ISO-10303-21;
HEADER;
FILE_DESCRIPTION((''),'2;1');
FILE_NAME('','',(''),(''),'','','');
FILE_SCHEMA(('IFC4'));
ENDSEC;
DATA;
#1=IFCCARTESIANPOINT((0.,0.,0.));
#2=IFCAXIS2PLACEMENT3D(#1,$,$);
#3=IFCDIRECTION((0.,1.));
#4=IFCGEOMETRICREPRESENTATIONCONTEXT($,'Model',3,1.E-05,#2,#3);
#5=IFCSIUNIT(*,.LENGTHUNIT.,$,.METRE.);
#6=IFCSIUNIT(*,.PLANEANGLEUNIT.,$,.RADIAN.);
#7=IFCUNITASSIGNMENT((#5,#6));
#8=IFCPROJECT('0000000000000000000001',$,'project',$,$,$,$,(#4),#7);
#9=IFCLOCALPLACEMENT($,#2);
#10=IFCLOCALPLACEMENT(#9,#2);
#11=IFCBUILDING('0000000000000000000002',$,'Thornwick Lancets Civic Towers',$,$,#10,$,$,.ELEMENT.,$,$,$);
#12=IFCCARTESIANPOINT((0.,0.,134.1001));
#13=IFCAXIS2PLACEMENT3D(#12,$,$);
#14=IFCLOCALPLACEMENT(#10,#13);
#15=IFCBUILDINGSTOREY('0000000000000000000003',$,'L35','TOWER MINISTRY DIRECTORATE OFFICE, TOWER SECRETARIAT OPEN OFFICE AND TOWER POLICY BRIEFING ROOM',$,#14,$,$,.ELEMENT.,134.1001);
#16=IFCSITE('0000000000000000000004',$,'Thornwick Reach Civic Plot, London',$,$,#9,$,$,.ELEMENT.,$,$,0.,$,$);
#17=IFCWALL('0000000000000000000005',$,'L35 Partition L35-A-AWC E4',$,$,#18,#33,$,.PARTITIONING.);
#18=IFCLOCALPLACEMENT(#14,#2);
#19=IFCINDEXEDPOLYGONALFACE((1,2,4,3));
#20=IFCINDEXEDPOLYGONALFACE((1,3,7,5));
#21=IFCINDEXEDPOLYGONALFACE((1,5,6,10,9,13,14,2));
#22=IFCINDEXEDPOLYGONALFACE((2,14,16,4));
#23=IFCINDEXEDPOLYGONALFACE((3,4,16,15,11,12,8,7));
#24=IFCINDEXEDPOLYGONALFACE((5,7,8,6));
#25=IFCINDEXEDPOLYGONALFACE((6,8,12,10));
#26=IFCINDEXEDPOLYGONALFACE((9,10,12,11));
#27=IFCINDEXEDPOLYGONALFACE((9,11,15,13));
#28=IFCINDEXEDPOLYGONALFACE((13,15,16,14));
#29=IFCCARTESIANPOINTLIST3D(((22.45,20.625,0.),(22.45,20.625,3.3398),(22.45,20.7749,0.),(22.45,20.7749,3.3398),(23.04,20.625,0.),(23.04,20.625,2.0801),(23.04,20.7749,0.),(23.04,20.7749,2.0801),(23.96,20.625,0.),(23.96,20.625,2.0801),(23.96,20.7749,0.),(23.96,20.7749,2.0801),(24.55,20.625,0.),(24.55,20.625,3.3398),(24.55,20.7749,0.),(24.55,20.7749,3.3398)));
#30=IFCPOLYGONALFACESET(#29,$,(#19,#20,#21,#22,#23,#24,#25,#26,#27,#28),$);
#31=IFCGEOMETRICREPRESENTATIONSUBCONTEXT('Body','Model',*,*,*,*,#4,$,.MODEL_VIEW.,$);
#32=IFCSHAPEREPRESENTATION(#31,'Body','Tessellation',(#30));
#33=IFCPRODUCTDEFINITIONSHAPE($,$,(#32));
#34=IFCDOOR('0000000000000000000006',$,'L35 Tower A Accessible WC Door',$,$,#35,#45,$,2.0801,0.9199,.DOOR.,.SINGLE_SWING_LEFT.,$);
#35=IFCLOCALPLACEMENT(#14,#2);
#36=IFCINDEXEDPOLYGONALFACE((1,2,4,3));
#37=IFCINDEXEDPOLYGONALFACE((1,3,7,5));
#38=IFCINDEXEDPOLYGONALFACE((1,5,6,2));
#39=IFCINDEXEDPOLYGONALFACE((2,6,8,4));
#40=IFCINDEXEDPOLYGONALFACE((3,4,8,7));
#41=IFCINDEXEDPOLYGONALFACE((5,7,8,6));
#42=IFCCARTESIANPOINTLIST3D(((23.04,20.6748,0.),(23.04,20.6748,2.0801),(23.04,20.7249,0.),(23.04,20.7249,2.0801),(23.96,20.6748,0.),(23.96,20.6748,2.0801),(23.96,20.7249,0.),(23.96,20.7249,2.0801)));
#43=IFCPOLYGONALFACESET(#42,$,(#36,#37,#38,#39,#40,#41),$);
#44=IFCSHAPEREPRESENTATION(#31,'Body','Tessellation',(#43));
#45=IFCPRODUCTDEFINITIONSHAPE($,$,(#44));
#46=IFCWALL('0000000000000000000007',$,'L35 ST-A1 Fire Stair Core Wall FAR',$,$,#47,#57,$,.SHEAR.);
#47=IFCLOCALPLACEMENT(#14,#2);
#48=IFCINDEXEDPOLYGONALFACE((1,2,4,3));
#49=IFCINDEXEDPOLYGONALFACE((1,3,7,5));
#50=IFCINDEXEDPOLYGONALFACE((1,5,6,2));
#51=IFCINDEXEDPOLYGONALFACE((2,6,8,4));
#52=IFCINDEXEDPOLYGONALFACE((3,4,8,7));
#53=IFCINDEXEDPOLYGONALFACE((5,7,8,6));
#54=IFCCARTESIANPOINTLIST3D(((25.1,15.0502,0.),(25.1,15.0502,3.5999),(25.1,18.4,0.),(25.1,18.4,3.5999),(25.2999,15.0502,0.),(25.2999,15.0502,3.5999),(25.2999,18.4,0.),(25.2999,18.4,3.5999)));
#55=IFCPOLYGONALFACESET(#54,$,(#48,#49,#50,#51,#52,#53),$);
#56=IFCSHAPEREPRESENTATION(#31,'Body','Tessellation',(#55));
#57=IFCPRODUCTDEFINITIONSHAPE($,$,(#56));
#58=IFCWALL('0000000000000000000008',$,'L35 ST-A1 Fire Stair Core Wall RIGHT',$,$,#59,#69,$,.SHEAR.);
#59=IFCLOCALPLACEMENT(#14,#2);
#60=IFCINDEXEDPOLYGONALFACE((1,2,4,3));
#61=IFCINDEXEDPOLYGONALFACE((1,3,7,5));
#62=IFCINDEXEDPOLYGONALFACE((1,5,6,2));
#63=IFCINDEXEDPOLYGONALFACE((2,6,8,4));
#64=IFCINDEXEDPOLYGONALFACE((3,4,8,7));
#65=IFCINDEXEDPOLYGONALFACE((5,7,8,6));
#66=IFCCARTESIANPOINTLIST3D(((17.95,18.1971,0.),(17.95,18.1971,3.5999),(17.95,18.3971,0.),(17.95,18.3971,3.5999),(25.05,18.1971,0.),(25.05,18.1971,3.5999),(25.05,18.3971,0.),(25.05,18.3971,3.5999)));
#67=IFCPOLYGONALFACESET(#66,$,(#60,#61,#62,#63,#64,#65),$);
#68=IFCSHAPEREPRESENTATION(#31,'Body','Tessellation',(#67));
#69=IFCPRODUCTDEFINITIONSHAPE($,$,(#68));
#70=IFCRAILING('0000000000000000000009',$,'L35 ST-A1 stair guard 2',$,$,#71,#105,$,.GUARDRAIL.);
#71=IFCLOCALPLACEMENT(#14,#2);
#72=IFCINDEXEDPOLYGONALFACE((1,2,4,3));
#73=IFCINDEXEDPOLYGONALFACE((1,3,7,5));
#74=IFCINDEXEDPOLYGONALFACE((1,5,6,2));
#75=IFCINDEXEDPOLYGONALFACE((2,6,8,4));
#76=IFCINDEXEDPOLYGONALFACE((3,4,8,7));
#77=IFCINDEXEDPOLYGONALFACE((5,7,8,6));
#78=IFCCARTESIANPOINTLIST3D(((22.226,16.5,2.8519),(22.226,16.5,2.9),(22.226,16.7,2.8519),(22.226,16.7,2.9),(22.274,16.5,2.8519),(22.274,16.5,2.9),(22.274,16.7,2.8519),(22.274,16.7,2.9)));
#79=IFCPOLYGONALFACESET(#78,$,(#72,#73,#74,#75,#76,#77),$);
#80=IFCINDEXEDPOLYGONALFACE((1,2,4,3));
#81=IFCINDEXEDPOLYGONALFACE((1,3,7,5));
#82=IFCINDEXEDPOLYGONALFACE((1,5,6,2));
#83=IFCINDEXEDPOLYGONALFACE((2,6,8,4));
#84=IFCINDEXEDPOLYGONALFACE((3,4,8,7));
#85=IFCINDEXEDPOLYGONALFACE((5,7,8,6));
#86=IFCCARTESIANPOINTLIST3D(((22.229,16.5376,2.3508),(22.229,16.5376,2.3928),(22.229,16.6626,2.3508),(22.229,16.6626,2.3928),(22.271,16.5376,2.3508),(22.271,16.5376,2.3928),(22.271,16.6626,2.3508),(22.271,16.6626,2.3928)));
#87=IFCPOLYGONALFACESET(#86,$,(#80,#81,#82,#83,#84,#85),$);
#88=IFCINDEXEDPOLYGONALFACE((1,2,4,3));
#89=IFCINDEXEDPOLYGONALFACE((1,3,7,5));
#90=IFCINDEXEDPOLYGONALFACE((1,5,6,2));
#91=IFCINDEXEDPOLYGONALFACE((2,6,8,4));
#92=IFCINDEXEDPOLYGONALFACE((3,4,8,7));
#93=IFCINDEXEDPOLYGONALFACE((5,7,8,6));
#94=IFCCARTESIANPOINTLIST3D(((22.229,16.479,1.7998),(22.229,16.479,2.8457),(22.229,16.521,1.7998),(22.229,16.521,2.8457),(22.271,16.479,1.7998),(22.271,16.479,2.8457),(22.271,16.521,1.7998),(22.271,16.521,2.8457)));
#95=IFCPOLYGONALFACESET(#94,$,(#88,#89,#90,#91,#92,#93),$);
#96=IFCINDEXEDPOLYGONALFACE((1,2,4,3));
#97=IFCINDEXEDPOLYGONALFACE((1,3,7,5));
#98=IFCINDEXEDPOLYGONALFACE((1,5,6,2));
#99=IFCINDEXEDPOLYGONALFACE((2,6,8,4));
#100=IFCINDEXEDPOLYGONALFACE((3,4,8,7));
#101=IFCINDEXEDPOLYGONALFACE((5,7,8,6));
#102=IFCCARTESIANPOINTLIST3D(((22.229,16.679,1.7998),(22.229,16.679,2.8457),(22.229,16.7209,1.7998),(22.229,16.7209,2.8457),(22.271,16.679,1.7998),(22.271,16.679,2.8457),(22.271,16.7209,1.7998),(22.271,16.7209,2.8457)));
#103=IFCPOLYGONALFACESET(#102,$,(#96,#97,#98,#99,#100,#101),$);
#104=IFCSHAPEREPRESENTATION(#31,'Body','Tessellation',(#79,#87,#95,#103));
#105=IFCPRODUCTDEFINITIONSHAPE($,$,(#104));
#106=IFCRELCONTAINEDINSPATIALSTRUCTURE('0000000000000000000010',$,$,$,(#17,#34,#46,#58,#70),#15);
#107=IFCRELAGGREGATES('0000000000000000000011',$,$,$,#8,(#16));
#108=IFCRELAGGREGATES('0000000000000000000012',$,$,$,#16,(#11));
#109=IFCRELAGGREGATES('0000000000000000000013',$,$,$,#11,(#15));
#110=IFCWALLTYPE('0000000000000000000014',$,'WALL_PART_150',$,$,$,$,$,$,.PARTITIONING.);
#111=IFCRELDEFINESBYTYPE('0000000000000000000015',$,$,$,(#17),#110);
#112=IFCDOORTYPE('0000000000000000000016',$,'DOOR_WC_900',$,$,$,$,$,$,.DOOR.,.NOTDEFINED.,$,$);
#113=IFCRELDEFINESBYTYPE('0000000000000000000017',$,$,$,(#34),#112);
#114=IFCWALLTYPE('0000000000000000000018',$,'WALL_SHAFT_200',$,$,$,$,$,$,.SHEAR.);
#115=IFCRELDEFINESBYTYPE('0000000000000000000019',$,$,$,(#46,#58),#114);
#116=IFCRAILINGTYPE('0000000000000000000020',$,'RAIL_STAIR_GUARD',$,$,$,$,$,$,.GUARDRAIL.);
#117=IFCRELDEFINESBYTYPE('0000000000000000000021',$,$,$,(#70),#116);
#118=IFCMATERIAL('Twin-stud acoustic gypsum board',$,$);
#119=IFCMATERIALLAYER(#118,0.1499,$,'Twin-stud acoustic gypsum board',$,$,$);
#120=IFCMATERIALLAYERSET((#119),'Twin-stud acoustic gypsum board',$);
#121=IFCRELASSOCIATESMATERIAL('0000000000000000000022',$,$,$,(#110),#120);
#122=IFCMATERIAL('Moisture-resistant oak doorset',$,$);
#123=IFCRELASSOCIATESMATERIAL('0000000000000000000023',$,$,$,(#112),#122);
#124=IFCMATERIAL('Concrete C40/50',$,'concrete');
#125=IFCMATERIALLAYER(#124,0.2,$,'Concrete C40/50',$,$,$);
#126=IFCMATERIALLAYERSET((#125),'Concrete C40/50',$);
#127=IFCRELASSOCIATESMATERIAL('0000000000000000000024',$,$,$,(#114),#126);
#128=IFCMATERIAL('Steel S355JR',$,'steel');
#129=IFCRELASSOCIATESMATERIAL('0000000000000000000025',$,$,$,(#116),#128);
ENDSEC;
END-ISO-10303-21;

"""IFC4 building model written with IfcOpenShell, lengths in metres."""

from ifc_helpers import new_model, si_unit, direction, frame, frame_2d, origin, origin_2d, place, context, subcontext, project, spatial, rectangle, extrude, material, layer, layer_set, type_object, element, fill, save


model = new_model("IFC4")

# Units and contexts
model_context = context("Model", 3, precision=1e-05, world=origin(), true_north=direction((0.0, 1.0)))
body_context = subcontext(model_context, "Body", "Model", "MODEL_VIEW")
ifc_project = project(units=[si_unit("LENGTHUNIT", "METRE"), si_unit("PLANEANGLEUNIT", "RADIAN")], contexts=[model_context])

# Site, building, storey
site_placement = place(None, origin())
site = spatial("IfcSite", under=ifc_project, at=site_placement, Name="Thornwick Reach Civic Plot, London", CompositionType="ELEMENT", RefElevation=0.0)
building_placement = place(site_placement, origin())
building = spatial("IfcBuilding", under=site, at=building_placement, Name="Thornwick Lancets Civic Towers", CompositionType="ELEMENT")
storey_placement = place(building_placement, frame((0.0, 0.0, 134.1001)))
storey = spatial("IfcBuildingStorey", under=building, at=storey_placement, Name="L35", Description="TOWER MINISTRY DIRECTORATE OFFICE, TOWER SECRETARIAT OPEN OFFICE AND TOWER POLICY BRIEFING ROOM", CompositionType="ELEMENT", Elevation=134.1001)

# Shared definitions
ifc_material_1 = material(Name="Twin-stud acoustic gypsum board")
ifc_layer_1 = layer(ifc_material_1, 0.1499, Name="Twin-stud acoustic gypsum board")
ifc_layer_set_1 = layer_set([ifc_layer_1], Name="Twin-stud acoustic gypsum board")
wall_type_1 = type_object("IfcWallType", Name="WALL_PART_150", PredefinedType="PARTITIONING", material=ifc_layer_set_1)

# Wall, opening, door
wall_1_placement = place(storey_placement, frame((22.45, 20.7, 0.0), z_axis=(0.0, 0.0, 1.0), x_axis=(1.0, 0.0, 0.0)))
wall_1 = element("IfcWall", 1, at=wall_1_placement, inside=storey, type_object=wall_type_1, Name="L35 Partition L35-A-AWC E4", PredefinedType="PARTITIONING", context=body_context, shape_type="SweptSolid", body=[
    extrude(rectangle(XDim=2.1001, YDim=0.1499, at=frame_2d((1.05, 0.0))), origin(), (0.0, 0.0, 1.0), 3.3398),
])
opening_1_placement = place(wall_1_placement, frame((0.5901, 0.0, 0.0)))
opening_1 = element("IfcOpeningElement", 2, at=opening_1_placement, cuts=wall_1, PredefinedType="OPENING", context=body_context, shape_type="SweptSolid", body=[
    extrude(rectangle(XDim=0.9199, YDim=2.0801, at=frame_2d((0.46, 1.04))), frame((0.0, 0.085, 0.0), z_axis=(0.0, -1.0, 0.0), x_axis=(1.0, 0.0, 0.0)), (0.0, 0.0, 1.0), 0.1699),
])
ifc_material_2 = material(Name="Moisture-resistant oak doorset")
door_type_1 = type_object("IfcDoorType", Name="DOOR_WC_900", OperationType="NOTDEFINED", PredefinedType="DOOR", material=ifc_material_2)
door_1_placement = place(opening_1_placement, origin())
door_1 = element("IfcDoor", 3, at=door_1_placement, inside=storey, type_object=door_type_1, Name="L35 Tower A Accessible WC Door", OperationType="SINGLE_SWING_LEFT", OverallHeight=2.0801, OverallWidth=0.9199, PredefinedType="DOOR", context=body_context, shape_type="SweptSolid", body=[
    extrude(rectangle(XDim=0.9199, YDim=2.0801, at=frame_2d((0.46, 1.04))), frame((0.0, 0.0249, 0.0), z_axis=(0.0, -1.0, 0.0), x_axis=(1.0, 0.0, 0.0)), (0.0, 0.0, 1.0), 0.05),
])
fill(opening_1, door_1)

# Walls
ifc_material_3 = material(Name="Concrete C40/50", Category="concrete")
ifc_layer_2 = layer(ifc_material_3, 0.2, Name="Concrete C40/50")
ifc_layer_set_2 = layer_set([ifc_layer_2], Name="Concrete C40/50")
wall_type_2 = type_object("IfcWallType", Name="WALL_SHAFT_200", PredefinedType="SHEAR", material=ifc_layer_set_2)
wall_2_placement = place(storey_placement, frame((25.2, 18.3999, 0.0), z_axis=(0.0, 0.0, 1.0), x_axis=(0.0, -1.0, 0.0)))
element("IfcWall", 4, at=wall_2_placement, inside=storey, type_object=wall_type_2, Name="L35 ST-A1 Fire Stair Core Wall FAR", PredefinedType="SHEAR", context=body_context, shape_type="SweptSolid", body=[
    extrude(rectangle(XDim=3.3499, YDim=0.2, at=frame_2d((1.6748, 0.0))), origin(), (0.0, 0.0, 1.0), 3.5999),
])
wall_3_placement = place(storey_placement, frame((25.05, 18.2971, 0.0), z_axis=(0.0, 0.0, 1.0), x_axis=(-1.0, 0.0, 0.0)))
element("IfcWall", 5, at=wall_3_placement, inside=storey, type_object=wall_type_2, Name="L35 ST-A1 Fire Stair Core Wall RIGHT", PredefinedType="SHEAR", context=body_context, shape_type="SweptSolid", body=[
    extrude(rectangle(XDim=7.1001, YDim=0.2, at=frame_2d((3.55, 0.0))), origin(), (0.0, 0.0, 1.0), 3.5999),
])

# Railing
ifc_material_4 = material(Name="Steel S355JR", Category="steel")
railing_type = type_object("IfcRailingType", Name="RAIL_STAIR_GUARD", PredefinedType="GUARDRAIL", material=ifc_material_4)
railing_placement = place(storey_placement, frame((22.25, 16.5, 1.7998)))
element("IfcRailing", 6, at=railing_placement, inside=storey, type_object=railing_type, Name="L35 ST-A1 stair guard 2", PredefinedType="GUARDRAIL", context=body_context, shape_type="SweptSolid", body=[
    extrude(rectangle(XDim=0.0481, YDim=0.0481, at=origin_2d()), frame((0.0, 0.0, 1.0762), z_axis=(0.0, 1.0, 0.0), x_axis=(-1.0, 0.0, 0.0)), (0.0, 0.0, 1.0), 0.2),
    extrude(rectangle(XDim=0.042, YDim=0.042, at=origin_2d()), frame((0.0, 0.0376, 0.572), z_axis=(0.0, 1.0, 0.0), x_axis=(-1.0, 0.0, 0.0)), (0.0, 0.0, 1.0), 0.125),
    extrude(rectangle(XDim=0.042, YDim=0.042, at=origin_2d()), origin(), (0.0, 0.0, 1.0), 1.0459),
    extrude(rectangle(XDim=0.042, YDim=0.042, at=origin_2d()), frame((0.0, 0.2, 0.0)), (0.0, 0.0, 1.0), 1.0459),
])

save(model, "model.ifc")
